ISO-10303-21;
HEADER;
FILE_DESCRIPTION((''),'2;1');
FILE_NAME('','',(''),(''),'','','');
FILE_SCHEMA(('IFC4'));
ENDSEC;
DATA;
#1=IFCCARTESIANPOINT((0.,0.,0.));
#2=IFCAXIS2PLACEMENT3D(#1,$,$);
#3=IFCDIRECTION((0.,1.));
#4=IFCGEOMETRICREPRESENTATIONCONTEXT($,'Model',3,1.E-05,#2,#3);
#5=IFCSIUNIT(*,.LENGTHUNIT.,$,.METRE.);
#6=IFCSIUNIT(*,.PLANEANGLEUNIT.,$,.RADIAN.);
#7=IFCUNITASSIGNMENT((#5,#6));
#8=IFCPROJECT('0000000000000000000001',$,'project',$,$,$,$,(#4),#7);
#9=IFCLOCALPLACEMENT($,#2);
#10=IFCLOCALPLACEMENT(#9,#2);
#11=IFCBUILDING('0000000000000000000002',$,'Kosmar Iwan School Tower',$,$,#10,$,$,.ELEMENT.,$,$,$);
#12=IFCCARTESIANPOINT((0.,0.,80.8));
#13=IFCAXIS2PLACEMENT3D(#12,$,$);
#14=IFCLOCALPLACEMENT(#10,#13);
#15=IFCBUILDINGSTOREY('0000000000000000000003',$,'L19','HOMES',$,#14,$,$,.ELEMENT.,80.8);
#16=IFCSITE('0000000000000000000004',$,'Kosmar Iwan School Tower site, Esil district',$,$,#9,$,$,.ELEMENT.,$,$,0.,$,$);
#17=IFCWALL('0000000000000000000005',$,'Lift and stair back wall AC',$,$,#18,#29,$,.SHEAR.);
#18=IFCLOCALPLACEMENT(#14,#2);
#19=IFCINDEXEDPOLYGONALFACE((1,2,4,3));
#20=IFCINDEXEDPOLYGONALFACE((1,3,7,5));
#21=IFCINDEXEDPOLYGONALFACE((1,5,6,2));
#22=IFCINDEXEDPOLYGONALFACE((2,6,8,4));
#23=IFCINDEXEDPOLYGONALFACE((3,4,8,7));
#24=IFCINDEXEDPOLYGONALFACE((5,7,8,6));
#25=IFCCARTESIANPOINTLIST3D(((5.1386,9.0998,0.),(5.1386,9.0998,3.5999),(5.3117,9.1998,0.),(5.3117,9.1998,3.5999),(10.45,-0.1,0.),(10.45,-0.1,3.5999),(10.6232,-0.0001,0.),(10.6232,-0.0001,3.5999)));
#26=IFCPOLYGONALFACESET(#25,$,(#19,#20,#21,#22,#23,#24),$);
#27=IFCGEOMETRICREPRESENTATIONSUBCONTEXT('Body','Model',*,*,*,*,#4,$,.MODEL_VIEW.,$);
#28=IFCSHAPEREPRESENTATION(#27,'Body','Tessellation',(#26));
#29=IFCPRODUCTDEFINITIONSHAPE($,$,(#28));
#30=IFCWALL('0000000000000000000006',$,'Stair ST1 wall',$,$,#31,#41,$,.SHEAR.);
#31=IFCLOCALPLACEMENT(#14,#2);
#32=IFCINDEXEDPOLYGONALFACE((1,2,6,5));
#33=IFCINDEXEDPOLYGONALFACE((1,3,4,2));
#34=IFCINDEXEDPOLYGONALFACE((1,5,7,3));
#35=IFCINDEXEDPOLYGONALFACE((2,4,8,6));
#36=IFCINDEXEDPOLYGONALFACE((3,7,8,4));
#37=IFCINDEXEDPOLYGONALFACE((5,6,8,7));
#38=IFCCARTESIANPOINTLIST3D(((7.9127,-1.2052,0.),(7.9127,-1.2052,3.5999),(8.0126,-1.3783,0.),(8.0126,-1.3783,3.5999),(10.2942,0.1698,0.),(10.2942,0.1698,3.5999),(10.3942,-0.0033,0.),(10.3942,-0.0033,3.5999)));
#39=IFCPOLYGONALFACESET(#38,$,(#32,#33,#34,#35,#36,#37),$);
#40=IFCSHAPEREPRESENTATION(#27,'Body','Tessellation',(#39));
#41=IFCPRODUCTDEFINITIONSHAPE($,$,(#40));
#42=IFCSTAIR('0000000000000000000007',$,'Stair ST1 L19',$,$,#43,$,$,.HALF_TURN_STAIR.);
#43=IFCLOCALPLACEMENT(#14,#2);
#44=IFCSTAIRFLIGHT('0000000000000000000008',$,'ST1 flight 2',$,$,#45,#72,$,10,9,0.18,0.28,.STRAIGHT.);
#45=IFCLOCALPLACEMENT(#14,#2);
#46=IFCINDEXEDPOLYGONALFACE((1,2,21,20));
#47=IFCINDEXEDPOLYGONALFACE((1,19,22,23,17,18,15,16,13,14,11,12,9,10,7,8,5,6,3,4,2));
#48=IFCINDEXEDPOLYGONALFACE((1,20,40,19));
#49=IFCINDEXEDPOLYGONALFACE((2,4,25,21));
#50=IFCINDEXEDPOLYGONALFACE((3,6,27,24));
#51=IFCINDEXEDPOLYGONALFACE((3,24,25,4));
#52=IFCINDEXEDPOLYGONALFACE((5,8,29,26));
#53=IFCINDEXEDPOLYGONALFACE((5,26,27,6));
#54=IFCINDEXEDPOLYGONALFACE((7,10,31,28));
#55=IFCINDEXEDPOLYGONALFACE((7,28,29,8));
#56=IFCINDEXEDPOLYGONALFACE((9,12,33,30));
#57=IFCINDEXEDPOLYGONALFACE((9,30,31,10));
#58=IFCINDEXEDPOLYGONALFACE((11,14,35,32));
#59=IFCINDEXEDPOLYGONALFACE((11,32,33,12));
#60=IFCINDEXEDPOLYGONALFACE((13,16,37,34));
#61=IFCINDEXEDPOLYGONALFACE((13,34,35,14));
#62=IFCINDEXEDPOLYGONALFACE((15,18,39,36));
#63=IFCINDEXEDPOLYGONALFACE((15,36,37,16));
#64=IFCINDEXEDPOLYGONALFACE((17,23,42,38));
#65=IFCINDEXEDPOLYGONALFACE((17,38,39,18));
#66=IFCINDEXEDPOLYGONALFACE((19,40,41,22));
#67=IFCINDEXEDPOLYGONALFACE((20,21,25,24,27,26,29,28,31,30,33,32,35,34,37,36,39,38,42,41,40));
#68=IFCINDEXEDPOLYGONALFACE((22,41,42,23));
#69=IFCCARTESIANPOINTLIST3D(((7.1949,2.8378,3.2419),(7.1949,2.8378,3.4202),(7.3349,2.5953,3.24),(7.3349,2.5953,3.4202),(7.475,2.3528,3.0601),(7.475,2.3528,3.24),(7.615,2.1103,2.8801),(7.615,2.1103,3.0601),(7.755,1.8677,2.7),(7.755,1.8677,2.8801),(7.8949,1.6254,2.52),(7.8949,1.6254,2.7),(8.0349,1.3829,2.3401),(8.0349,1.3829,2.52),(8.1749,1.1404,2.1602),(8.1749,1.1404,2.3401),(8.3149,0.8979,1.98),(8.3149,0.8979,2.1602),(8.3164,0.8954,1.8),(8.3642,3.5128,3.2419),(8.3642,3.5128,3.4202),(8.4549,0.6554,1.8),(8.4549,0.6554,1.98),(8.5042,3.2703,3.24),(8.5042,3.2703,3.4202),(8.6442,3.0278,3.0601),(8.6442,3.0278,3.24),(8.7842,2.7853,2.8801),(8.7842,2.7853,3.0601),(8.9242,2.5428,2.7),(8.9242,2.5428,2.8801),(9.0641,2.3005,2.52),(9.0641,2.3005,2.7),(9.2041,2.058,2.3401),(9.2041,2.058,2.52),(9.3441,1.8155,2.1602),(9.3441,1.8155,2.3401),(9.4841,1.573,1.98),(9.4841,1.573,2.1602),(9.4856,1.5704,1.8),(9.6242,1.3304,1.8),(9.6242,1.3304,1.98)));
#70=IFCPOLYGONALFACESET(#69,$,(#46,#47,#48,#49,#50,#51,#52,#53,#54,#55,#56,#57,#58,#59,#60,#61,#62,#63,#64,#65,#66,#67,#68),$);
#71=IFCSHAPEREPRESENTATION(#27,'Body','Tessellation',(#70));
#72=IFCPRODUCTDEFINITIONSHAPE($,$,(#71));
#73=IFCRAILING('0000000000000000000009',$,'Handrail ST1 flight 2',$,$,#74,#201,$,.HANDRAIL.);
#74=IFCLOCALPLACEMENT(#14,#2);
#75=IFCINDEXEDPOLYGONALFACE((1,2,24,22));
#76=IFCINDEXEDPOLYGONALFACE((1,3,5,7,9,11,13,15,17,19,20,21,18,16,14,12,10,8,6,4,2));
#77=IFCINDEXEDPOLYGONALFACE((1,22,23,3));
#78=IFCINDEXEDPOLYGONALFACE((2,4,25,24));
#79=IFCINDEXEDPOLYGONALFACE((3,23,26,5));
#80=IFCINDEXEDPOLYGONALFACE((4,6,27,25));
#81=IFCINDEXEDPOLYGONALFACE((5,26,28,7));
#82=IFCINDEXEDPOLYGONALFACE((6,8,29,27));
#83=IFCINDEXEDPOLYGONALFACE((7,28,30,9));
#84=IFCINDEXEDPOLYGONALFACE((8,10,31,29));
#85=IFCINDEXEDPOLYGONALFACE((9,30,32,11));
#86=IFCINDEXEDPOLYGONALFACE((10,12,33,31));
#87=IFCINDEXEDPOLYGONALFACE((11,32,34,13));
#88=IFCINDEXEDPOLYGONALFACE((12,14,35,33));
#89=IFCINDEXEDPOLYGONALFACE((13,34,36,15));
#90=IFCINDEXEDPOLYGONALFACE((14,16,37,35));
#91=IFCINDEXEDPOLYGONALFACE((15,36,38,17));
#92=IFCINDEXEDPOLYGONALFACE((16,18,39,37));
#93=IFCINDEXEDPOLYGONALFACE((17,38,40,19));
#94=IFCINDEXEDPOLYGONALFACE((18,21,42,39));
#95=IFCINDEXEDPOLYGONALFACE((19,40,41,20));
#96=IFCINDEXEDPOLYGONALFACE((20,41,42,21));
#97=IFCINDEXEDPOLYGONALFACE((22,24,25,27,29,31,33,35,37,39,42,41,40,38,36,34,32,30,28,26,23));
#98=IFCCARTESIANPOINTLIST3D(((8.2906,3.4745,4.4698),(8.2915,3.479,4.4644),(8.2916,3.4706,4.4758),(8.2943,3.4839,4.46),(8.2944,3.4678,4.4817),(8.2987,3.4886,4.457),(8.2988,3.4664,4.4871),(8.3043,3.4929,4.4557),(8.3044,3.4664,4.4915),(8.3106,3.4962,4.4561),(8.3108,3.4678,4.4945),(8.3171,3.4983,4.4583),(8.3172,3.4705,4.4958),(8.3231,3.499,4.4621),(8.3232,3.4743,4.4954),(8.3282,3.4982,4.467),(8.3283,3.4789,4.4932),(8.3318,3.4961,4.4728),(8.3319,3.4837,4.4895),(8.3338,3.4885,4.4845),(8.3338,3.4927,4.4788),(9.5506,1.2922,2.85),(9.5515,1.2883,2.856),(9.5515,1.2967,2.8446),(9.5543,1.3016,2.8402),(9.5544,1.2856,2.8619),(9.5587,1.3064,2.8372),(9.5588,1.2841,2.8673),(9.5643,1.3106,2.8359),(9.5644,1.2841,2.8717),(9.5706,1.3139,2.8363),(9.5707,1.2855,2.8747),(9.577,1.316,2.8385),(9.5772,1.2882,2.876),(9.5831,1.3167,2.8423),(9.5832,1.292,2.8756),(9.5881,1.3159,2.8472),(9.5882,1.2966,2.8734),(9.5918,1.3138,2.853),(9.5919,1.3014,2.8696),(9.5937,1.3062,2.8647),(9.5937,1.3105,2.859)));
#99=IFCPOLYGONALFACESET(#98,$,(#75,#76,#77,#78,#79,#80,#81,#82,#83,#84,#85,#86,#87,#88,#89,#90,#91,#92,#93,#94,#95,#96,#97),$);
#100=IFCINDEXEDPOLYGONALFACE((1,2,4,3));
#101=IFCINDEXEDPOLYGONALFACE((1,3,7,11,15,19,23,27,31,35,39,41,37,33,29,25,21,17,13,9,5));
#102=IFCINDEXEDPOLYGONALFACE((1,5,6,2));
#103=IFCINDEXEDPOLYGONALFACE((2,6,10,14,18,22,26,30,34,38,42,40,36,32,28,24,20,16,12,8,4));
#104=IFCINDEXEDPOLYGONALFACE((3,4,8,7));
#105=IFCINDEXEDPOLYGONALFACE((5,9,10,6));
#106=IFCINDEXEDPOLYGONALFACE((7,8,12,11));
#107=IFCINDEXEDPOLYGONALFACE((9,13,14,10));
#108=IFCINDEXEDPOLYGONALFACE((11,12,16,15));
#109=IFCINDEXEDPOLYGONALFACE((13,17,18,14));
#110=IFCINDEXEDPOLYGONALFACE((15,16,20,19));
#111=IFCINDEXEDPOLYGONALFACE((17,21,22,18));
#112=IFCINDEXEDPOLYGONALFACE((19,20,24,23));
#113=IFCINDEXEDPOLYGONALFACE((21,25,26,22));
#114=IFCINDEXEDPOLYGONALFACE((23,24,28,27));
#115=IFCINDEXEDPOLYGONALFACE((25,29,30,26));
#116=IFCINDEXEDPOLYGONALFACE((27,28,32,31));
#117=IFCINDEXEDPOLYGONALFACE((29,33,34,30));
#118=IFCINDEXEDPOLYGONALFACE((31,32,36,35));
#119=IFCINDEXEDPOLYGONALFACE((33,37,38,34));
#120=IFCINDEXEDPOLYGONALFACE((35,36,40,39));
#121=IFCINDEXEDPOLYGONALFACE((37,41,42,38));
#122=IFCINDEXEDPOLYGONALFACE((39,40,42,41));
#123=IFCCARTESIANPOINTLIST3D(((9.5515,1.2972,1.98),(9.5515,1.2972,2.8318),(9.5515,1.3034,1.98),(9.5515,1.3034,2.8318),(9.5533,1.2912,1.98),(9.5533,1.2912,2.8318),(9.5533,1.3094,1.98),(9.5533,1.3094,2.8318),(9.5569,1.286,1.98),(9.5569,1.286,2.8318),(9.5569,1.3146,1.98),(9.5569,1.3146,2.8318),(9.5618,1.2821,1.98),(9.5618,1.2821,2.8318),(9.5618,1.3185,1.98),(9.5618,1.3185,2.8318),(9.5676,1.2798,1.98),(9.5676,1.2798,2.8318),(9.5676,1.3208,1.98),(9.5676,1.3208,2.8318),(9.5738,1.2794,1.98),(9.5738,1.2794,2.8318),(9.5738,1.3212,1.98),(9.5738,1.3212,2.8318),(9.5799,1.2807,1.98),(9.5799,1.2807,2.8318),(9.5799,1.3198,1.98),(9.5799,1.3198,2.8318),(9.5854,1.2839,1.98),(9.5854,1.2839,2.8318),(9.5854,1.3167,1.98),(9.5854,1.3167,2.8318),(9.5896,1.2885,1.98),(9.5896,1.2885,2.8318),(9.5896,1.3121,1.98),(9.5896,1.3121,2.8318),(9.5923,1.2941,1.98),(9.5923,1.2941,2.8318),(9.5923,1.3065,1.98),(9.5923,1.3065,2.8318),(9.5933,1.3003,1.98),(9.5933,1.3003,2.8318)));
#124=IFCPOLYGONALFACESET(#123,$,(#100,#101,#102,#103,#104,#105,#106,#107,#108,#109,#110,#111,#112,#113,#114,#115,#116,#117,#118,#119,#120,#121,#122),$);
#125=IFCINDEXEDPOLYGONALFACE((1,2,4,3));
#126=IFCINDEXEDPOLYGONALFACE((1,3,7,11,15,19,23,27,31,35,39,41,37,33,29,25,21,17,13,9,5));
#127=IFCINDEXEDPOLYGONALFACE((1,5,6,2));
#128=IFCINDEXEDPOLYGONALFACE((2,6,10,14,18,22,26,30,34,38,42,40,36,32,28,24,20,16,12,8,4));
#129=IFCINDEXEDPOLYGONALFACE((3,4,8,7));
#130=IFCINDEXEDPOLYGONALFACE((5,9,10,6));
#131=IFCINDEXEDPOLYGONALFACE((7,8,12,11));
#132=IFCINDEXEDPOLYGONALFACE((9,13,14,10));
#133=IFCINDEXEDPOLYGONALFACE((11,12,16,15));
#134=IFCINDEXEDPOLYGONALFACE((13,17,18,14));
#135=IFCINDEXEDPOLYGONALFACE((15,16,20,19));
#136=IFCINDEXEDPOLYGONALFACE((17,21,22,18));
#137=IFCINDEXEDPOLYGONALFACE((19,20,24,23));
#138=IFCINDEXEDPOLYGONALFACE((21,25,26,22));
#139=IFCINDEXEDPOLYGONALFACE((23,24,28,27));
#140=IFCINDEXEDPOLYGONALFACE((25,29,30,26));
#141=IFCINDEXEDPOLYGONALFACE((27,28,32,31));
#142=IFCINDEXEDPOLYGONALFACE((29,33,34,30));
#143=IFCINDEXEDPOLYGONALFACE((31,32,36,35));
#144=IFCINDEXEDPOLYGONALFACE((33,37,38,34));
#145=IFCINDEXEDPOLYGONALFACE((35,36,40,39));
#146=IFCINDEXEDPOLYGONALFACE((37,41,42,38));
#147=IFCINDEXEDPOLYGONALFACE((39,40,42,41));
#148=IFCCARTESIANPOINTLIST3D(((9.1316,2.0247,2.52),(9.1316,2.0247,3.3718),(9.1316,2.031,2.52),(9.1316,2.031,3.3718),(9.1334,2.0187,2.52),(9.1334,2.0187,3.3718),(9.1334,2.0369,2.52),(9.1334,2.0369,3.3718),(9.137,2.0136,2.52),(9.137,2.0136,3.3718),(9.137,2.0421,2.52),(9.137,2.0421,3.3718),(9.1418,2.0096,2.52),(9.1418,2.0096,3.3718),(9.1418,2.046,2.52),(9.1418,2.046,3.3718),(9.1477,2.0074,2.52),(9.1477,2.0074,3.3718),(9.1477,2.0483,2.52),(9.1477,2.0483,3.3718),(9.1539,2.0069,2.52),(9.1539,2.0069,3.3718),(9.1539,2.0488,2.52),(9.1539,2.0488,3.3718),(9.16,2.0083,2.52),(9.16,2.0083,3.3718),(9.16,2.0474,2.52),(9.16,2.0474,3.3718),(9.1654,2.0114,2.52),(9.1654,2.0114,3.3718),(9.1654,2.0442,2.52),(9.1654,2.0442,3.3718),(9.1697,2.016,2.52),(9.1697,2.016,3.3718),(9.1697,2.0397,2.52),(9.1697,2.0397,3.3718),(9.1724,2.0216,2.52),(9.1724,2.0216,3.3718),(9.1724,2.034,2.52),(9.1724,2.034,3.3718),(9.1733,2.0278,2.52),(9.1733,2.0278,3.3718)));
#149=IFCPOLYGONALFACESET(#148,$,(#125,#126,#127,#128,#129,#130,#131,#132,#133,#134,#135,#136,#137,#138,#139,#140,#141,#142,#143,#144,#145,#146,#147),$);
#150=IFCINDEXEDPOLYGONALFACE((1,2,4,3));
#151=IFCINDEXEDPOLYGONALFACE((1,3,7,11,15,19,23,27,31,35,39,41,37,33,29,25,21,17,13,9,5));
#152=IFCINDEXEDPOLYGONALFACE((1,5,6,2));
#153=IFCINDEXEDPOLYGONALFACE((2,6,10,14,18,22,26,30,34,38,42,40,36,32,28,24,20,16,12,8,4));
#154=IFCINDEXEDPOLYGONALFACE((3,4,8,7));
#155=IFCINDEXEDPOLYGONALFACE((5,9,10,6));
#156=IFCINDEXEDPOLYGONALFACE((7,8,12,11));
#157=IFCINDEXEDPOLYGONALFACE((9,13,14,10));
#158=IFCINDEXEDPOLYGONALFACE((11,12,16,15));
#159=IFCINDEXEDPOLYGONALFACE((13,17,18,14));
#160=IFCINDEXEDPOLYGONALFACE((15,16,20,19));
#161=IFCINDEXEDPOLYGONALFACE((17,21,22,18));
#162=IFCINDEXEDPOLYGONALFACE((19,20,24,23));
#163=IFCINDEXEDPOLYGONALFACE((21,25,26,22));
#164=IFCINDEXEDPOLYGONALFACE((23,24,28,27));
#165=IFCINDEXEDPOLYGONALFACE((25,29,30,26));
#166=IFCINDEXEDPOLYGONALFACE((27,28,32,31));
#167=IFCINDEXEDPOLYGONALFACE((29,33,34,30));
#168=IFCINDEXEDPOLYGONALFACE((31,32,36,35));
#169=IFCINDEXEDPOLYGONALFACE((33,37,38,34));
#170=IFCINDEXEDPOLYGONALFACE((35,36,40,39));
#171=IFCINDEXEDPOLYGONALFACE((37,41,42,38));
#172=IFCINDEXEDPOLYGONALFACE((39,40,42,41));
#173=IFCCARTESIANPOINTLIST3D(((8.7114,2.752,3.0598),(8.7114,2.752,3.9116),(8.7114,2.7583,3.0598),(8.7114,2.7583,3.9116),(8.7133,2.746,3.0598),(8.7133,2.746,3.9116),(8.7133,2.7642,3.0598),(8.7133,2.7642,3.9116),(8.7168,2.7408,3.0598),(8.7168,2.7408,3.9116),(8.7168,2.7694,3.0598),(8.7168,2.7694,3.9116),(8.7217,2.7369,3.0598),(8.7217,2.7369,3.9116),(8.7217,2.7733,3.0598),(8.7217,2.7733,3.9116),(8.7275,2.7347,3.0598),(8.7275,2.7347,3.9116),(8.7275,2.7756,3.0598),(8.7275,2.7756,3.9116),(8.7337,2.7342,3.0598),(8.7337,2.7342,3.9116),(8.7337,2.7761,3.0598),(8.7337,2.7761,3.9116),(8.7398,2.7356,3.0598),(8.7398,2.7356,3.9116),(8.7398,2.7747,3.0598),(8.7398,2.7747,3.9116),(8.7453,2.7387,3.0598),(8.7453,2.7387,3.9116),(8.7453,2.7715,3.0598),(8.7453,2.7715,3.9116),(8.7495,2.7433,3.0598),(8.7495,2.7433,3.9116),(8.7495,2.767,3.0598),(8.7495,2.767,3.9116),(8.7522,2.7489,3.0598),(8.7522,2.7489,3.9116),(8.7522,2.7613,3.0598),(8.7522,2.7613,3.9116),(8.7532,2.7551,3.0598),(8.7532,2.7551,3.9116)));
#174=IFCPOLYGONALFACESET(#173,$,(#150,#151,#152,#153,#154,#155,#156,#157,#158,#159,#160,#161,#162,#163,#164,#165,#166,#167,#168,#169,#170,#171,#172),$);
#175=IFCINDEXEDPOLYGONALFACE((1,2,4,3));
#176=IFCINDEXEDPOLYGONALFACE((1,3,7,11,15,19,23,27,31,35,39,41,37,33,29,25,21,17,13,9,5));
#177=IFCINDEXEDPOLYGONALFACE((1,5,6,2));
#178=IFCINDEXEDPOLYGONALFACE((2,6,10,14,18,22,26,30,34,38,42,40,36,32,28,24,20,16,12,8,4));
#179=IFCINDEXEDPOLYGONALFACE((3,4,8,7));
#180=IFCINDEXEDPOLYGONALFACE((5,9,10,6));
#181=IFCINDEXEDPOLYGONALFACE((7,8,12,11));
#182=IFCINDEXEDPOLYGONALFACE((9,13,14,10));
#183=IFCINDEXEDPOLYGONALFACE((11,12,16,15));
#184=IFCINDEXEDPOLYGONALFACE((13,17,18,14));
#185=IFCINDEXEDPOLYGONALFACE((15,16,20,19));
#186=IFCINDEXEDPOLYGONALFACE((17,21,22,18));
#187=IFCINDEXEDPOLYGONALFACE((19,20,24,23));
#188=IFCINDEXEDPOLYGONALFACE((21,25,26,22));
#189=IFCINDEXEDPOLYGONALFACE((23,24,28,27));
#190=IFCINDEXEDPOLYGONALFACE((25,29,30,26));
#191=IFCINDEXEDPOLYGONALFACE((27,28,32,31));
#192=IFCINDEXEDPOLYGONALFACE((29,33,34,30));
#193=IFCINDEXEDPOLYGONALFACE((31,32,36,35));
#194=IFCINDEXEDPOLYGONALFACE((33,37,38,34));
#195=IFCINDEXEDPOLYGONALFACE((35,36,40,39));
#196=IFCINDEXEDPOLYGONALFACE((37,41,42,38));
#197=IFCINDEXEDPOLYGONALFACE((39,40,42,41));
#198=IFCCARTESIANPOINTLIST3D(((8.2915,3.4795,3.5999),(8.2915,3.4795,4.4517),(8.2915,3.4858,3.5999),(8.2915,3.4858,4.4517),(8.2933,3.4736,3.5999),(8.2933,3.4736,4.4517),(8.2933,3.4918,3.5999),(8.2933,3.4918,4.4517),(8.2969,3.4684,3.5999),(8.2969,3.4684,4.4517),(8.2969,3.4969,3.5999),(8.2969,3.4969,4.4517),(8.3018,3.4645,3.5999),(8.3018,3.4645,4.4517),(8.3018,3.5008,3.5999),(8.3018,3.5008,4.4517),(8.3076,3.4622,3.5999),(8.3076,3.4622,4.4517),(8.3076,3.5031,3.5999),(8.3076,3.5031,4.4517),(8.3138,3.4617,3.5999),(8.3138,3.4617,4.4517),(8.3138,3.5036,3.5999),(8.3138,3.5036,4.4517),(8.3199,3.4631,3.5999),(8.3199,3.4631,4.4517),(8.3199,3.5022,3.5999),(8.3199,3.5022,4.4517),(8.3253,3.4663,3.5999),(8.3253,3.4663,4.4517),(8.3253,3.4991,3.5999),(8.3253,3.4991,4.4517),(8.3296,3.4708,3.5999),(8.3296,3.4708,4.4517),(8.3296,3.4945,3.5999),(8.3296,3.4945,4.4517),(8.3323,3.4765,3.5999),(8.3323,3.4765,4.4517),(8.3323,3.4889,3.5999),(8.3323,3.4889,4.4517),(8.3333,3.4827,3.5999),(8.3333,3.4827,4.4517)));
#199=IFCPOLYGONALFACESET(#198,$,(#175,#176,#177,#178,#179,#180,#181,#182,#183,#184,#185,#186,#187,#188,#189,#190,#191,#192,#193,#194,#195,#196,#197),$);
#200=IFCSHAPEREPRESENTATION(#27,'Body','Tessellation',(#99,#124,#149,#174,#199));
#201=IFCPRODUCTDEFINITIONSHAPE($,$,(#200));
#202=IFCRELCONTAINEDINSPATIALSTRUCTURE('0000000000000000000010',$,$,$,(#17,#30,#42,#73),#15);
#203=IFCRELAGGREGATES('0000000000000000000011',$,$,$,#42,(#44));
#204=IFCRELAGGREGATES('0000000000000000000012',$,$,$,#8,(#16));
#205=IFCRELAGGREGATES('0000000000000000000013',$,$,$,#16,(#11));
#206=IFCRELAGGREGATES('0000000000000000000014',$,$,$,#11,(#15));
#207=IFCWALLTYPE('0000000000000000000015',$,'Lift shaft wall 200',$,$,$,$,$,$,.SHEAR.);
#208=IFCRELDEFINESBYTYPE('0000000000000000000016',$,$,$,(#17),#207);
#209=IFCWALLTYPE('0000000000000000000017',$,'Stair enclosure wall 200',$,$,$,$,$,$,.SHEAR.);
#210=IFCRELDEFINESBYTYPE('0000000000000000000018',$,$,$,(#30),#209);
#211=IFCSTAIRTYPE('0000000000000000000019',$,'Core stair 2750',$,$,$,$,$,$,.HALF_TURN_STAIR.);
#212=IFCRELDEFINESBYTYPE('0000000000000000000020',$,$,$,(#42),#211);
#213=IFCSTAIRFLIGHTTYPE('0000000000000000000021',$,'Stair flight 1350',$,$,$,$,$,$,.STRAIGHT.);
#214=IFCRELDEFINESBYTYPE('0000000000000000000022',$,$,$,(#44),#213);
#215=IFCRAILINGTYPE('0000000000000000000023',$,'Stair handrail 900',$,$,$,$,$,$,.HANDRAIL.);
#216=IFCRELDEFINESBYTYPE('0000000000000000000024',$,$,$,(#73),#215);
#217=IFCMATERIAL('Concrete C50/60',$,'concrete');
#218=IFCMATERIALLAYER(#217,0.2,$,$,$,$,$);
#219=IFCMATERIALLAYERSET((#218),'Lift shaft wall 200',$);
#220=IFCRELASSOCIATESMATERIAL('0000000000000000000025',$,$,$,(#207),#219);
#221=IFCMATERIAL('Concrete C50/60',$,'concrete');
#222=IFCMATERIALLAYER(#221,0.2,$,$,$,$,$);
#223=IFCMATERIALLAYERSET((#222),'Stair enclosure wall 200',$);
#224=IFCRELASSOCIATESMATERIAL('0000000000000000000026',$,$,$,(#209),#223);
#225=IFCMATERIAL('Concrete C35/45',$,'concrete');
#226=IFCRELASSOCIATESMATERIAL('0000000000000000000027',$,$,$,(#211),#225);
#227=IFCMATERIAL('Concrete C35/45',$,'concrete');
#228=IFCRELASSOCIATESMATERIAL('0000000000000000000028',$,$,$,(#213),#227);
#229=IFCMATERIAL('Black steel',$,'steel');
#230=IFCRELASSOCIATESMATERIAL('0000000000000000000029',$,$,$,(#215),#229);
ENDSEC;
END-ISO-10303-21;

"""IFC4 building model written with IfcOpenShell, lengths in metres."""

from ifc_helpers import new_model, si_unit, direction, frame, frame_2d, origin, origin_2d, place, context, subcontext, project, spatial, polyline, rectangle, circle, outline, extrude, material, layer, layer_set, type_object, element, aggregate, save


model = new_model("IFC4")

# Units and contexts
model_context = context("Model", 3, precision=1e-05, world=origin(), true_north=direction((0.0, 1.0)))
body_context = subcontext(model_context, "Body", "Model", "MODEL_VIEW")
ifc_project = project(units=[si_unit("LENGTHUNIT", "METRE"), si_unit("PLANEANGLEUNIT", "RADIAN")], contexts=[model_context])

# Site, building, storey
site_placement = place(None, origin())
site = spatial("IfcSite", under=ifc_project, at=site_placement, Name="Kosmar Iwan School Tower site, Esil district", CompositionType="ELEMENT", RefElevation=0.0)
building_placement = place(site_placement, origin())
building = spatial("IfcBuilding", under=site, at=building_placement, Name="Kosmar Iwan School Tower", CompositionType="ELEMENT")
storey_placement = place(building_placement, frame((0.0, 0.0, 80.8)))
storey = spatial("IfcBuildingStorey", under=building, at=storey_placement, Name="L19", Description="HOMES", CompositionType="ELEMENT", Elevation=80.8)

# Shared definitions
ifc_material_1 = material(Name="Concrete C50/60", Category="concrete")
ifc_layer_1 = layer(ifc_material_1, 0.2)
ifc_layer_set_1 = layer_set([ifc_layer_1], Name="Lift shaft wall 200")
wall_type_1 = type_object("IfcWallType", Name="Lift shaft wall 200", PredefinedType="SHEAR", material=ifc_layer_set_1)

# Walls
wall_1_placement = place(storey_placement, frame((10.5366, -0.05, 0.0), z_axis=(0.0, 0.0, 1.0), x_axis=(-0.499995, 0.866028, 0.0)))
element("IfcWall", 1, at=wall_1_placement, inside=storey, type_object=wall_type_1, Name="Lift and stair back wall AC", PredefinedType="SHEAR", context=body_context, shape_type="SweptSolid", body=[
    extrude(rectangle(XDim=10.623, YDim=0.2, at=frame_2d((5.3115, 0.0))), origin(), (0.0, 0.0, 1.0), 3.5999),
])
ifc_material_2 = material(Name="Concrete C50/60", Category="concrete")
ifc_layer_2 = layer(ifc_material_2, 0.2)
ifc_layer_set_2 = layer_set([ifc_layer_2], Name="Stair enclosure wall 200")
wall_type_2 = type_object("IfcWallType", Name="Stair enclosure wall 200", PredefinedType="SHEAR", material=ifc_layer_set_2)
wall_2_placement = place(storey_placement, frame((7.9626, -1.2917, 0.0), z_axis=(0.0, 0.0, 1.0), x_axis=(0.866027, 0.499997, 0.0)))
element("IfcWall", 2, at=wall_2_placement, inside=storey, type_object=wall_type_2, Name="Stair ST1 wall", PredefinedType="SHEAR", context=body_context, shape_type="SweptSolid", body=[
    extrude(rectangle(XDim=2.75, YDim=0.2, at=frame_2d((1.375, 0.0))), origin(), (0.0, 0.0, 1.0), 3.5999),
])

# Stair, stair flight
ifc_material_3 = material(Name="Concrete C35/45", Category="concrete")
stair_type = type_object("IfcStairType", Name="Core stair 2750", PredefinedType="HALF_TURN_STAIR", material=ifc_material_3)
stair_placement = place(storey_placement, origin())
stair = element("IfcStair", 3, at=stair_placement, inside=storey, type_object=stair_type, Name="Stair ST1 L19", PredefinedType="HALF_TURN_STAIR")
ifc_material_4 = material(Name="Concrete C35/45", Category="concrete")
stair_flight_type = type_object("IfcStairFlightType", Name="Stair flight 1350", PredefinedType="STRAIGHT", material=ifc_material_4)
stair_flight_placement = place(storey_placement, frame((9.0396, 0.9929, 1.8), z_axis=(0.0, 0.0, 1.0), x_axis=(-0.5, 0.866025, 0.0)))
stair_flight = element("IfcStairFlight", 4, at=stair_flight_placement, type_object=stair_flight_type, Name="ST1 flight 2", NumberOfRisers=10, NumberOfTreads=9, PredefinedType="STRAIGHT", RiserHeight=0.18, TreadLength=0.28, context=body_context, shape_type="SweptSolid", body=[
    extrude(outline(polyline([(0.0, 0.0), (0.0, 0.1799), (0.28, 0.1799), (0.28, 0.3601), (0.5601, 0.3601), (0.5601, 0.54), (0.8401, 0.54), (0.8401, 0.72), (1.1201, 0.72), (1.1201, 0.8999), (1.3999, 0.8999), (1.3999, 1.0801), (1.6799, 1.0801), (1.6799, 1.26), (1.96, 1.26), (1.96, 1.4399), (2.24, 1.4399), (2.24, 1.6201), (2.52, 1.6201), (2.52, 1.8), (2.52, 1.4419), (0.2771, 0.0), (0.0, 0.0)])), frame((0.0, 0.675, 0.0), z_axis=(0.0, -1.0, 0.0), x_axis=(1.0, 0.0, 0.0)), (0.0, 0.0, 1.0), 1.3501),
])
aggregate(stair, [stair_flight])

# Railing
ifc_material_5 = material(Name="Black steel", Category="steel")
railing_type = type_object("IfcRailingType", Name="Stair handrail 900", PredefinedType="HANDRAIL", material=ifc_material_5)
railing_placement = place(storey_placement, frame((9.5723, 1.3003, 1.98)))
element("IfcRailing", 5, at=railing_placement, inside=storey, type_object=railing_type, Name="Handrail ST1 flight 2", PredefinedType="HANDRAIL", context=body_context, shape_type="SweptSolid", body=[
    extrude(circle(Radius=0.0239, at=origin_2d()), frame((0.0, 0.0, 0.876), z_axis=(-0.420603, 0.728496, 0.540728), x_axis=(-0.866023, -0.500005, 0.0)), (0.0, 0.0, 1.0), 2.9956),
    extrude(circle(Radius=0.021, at=origin_2d()), origin(), (0.0, 0.0, 1.0), 0.8518),
    extrude(circle(Radius=0.021, at=origin_2d()), frame((-0.4199, 0.7275, 0.54)), (0.0, 0.0, 1.0), 0.8518),
    extrude(circle(Radius=0.021, at=origin_2d()), frame((-0.8401, 1.4548, 1.0798)), (0.0, 0.0, 1.0), 0.8518),
    extrude(circle(Radius=0.021, at=origin_2d()), frame((-1.26, 2.1824, 1.6199)), (0.0, 0.0, 1.0), 0.8518),
])

save(model, "model.ifc")
